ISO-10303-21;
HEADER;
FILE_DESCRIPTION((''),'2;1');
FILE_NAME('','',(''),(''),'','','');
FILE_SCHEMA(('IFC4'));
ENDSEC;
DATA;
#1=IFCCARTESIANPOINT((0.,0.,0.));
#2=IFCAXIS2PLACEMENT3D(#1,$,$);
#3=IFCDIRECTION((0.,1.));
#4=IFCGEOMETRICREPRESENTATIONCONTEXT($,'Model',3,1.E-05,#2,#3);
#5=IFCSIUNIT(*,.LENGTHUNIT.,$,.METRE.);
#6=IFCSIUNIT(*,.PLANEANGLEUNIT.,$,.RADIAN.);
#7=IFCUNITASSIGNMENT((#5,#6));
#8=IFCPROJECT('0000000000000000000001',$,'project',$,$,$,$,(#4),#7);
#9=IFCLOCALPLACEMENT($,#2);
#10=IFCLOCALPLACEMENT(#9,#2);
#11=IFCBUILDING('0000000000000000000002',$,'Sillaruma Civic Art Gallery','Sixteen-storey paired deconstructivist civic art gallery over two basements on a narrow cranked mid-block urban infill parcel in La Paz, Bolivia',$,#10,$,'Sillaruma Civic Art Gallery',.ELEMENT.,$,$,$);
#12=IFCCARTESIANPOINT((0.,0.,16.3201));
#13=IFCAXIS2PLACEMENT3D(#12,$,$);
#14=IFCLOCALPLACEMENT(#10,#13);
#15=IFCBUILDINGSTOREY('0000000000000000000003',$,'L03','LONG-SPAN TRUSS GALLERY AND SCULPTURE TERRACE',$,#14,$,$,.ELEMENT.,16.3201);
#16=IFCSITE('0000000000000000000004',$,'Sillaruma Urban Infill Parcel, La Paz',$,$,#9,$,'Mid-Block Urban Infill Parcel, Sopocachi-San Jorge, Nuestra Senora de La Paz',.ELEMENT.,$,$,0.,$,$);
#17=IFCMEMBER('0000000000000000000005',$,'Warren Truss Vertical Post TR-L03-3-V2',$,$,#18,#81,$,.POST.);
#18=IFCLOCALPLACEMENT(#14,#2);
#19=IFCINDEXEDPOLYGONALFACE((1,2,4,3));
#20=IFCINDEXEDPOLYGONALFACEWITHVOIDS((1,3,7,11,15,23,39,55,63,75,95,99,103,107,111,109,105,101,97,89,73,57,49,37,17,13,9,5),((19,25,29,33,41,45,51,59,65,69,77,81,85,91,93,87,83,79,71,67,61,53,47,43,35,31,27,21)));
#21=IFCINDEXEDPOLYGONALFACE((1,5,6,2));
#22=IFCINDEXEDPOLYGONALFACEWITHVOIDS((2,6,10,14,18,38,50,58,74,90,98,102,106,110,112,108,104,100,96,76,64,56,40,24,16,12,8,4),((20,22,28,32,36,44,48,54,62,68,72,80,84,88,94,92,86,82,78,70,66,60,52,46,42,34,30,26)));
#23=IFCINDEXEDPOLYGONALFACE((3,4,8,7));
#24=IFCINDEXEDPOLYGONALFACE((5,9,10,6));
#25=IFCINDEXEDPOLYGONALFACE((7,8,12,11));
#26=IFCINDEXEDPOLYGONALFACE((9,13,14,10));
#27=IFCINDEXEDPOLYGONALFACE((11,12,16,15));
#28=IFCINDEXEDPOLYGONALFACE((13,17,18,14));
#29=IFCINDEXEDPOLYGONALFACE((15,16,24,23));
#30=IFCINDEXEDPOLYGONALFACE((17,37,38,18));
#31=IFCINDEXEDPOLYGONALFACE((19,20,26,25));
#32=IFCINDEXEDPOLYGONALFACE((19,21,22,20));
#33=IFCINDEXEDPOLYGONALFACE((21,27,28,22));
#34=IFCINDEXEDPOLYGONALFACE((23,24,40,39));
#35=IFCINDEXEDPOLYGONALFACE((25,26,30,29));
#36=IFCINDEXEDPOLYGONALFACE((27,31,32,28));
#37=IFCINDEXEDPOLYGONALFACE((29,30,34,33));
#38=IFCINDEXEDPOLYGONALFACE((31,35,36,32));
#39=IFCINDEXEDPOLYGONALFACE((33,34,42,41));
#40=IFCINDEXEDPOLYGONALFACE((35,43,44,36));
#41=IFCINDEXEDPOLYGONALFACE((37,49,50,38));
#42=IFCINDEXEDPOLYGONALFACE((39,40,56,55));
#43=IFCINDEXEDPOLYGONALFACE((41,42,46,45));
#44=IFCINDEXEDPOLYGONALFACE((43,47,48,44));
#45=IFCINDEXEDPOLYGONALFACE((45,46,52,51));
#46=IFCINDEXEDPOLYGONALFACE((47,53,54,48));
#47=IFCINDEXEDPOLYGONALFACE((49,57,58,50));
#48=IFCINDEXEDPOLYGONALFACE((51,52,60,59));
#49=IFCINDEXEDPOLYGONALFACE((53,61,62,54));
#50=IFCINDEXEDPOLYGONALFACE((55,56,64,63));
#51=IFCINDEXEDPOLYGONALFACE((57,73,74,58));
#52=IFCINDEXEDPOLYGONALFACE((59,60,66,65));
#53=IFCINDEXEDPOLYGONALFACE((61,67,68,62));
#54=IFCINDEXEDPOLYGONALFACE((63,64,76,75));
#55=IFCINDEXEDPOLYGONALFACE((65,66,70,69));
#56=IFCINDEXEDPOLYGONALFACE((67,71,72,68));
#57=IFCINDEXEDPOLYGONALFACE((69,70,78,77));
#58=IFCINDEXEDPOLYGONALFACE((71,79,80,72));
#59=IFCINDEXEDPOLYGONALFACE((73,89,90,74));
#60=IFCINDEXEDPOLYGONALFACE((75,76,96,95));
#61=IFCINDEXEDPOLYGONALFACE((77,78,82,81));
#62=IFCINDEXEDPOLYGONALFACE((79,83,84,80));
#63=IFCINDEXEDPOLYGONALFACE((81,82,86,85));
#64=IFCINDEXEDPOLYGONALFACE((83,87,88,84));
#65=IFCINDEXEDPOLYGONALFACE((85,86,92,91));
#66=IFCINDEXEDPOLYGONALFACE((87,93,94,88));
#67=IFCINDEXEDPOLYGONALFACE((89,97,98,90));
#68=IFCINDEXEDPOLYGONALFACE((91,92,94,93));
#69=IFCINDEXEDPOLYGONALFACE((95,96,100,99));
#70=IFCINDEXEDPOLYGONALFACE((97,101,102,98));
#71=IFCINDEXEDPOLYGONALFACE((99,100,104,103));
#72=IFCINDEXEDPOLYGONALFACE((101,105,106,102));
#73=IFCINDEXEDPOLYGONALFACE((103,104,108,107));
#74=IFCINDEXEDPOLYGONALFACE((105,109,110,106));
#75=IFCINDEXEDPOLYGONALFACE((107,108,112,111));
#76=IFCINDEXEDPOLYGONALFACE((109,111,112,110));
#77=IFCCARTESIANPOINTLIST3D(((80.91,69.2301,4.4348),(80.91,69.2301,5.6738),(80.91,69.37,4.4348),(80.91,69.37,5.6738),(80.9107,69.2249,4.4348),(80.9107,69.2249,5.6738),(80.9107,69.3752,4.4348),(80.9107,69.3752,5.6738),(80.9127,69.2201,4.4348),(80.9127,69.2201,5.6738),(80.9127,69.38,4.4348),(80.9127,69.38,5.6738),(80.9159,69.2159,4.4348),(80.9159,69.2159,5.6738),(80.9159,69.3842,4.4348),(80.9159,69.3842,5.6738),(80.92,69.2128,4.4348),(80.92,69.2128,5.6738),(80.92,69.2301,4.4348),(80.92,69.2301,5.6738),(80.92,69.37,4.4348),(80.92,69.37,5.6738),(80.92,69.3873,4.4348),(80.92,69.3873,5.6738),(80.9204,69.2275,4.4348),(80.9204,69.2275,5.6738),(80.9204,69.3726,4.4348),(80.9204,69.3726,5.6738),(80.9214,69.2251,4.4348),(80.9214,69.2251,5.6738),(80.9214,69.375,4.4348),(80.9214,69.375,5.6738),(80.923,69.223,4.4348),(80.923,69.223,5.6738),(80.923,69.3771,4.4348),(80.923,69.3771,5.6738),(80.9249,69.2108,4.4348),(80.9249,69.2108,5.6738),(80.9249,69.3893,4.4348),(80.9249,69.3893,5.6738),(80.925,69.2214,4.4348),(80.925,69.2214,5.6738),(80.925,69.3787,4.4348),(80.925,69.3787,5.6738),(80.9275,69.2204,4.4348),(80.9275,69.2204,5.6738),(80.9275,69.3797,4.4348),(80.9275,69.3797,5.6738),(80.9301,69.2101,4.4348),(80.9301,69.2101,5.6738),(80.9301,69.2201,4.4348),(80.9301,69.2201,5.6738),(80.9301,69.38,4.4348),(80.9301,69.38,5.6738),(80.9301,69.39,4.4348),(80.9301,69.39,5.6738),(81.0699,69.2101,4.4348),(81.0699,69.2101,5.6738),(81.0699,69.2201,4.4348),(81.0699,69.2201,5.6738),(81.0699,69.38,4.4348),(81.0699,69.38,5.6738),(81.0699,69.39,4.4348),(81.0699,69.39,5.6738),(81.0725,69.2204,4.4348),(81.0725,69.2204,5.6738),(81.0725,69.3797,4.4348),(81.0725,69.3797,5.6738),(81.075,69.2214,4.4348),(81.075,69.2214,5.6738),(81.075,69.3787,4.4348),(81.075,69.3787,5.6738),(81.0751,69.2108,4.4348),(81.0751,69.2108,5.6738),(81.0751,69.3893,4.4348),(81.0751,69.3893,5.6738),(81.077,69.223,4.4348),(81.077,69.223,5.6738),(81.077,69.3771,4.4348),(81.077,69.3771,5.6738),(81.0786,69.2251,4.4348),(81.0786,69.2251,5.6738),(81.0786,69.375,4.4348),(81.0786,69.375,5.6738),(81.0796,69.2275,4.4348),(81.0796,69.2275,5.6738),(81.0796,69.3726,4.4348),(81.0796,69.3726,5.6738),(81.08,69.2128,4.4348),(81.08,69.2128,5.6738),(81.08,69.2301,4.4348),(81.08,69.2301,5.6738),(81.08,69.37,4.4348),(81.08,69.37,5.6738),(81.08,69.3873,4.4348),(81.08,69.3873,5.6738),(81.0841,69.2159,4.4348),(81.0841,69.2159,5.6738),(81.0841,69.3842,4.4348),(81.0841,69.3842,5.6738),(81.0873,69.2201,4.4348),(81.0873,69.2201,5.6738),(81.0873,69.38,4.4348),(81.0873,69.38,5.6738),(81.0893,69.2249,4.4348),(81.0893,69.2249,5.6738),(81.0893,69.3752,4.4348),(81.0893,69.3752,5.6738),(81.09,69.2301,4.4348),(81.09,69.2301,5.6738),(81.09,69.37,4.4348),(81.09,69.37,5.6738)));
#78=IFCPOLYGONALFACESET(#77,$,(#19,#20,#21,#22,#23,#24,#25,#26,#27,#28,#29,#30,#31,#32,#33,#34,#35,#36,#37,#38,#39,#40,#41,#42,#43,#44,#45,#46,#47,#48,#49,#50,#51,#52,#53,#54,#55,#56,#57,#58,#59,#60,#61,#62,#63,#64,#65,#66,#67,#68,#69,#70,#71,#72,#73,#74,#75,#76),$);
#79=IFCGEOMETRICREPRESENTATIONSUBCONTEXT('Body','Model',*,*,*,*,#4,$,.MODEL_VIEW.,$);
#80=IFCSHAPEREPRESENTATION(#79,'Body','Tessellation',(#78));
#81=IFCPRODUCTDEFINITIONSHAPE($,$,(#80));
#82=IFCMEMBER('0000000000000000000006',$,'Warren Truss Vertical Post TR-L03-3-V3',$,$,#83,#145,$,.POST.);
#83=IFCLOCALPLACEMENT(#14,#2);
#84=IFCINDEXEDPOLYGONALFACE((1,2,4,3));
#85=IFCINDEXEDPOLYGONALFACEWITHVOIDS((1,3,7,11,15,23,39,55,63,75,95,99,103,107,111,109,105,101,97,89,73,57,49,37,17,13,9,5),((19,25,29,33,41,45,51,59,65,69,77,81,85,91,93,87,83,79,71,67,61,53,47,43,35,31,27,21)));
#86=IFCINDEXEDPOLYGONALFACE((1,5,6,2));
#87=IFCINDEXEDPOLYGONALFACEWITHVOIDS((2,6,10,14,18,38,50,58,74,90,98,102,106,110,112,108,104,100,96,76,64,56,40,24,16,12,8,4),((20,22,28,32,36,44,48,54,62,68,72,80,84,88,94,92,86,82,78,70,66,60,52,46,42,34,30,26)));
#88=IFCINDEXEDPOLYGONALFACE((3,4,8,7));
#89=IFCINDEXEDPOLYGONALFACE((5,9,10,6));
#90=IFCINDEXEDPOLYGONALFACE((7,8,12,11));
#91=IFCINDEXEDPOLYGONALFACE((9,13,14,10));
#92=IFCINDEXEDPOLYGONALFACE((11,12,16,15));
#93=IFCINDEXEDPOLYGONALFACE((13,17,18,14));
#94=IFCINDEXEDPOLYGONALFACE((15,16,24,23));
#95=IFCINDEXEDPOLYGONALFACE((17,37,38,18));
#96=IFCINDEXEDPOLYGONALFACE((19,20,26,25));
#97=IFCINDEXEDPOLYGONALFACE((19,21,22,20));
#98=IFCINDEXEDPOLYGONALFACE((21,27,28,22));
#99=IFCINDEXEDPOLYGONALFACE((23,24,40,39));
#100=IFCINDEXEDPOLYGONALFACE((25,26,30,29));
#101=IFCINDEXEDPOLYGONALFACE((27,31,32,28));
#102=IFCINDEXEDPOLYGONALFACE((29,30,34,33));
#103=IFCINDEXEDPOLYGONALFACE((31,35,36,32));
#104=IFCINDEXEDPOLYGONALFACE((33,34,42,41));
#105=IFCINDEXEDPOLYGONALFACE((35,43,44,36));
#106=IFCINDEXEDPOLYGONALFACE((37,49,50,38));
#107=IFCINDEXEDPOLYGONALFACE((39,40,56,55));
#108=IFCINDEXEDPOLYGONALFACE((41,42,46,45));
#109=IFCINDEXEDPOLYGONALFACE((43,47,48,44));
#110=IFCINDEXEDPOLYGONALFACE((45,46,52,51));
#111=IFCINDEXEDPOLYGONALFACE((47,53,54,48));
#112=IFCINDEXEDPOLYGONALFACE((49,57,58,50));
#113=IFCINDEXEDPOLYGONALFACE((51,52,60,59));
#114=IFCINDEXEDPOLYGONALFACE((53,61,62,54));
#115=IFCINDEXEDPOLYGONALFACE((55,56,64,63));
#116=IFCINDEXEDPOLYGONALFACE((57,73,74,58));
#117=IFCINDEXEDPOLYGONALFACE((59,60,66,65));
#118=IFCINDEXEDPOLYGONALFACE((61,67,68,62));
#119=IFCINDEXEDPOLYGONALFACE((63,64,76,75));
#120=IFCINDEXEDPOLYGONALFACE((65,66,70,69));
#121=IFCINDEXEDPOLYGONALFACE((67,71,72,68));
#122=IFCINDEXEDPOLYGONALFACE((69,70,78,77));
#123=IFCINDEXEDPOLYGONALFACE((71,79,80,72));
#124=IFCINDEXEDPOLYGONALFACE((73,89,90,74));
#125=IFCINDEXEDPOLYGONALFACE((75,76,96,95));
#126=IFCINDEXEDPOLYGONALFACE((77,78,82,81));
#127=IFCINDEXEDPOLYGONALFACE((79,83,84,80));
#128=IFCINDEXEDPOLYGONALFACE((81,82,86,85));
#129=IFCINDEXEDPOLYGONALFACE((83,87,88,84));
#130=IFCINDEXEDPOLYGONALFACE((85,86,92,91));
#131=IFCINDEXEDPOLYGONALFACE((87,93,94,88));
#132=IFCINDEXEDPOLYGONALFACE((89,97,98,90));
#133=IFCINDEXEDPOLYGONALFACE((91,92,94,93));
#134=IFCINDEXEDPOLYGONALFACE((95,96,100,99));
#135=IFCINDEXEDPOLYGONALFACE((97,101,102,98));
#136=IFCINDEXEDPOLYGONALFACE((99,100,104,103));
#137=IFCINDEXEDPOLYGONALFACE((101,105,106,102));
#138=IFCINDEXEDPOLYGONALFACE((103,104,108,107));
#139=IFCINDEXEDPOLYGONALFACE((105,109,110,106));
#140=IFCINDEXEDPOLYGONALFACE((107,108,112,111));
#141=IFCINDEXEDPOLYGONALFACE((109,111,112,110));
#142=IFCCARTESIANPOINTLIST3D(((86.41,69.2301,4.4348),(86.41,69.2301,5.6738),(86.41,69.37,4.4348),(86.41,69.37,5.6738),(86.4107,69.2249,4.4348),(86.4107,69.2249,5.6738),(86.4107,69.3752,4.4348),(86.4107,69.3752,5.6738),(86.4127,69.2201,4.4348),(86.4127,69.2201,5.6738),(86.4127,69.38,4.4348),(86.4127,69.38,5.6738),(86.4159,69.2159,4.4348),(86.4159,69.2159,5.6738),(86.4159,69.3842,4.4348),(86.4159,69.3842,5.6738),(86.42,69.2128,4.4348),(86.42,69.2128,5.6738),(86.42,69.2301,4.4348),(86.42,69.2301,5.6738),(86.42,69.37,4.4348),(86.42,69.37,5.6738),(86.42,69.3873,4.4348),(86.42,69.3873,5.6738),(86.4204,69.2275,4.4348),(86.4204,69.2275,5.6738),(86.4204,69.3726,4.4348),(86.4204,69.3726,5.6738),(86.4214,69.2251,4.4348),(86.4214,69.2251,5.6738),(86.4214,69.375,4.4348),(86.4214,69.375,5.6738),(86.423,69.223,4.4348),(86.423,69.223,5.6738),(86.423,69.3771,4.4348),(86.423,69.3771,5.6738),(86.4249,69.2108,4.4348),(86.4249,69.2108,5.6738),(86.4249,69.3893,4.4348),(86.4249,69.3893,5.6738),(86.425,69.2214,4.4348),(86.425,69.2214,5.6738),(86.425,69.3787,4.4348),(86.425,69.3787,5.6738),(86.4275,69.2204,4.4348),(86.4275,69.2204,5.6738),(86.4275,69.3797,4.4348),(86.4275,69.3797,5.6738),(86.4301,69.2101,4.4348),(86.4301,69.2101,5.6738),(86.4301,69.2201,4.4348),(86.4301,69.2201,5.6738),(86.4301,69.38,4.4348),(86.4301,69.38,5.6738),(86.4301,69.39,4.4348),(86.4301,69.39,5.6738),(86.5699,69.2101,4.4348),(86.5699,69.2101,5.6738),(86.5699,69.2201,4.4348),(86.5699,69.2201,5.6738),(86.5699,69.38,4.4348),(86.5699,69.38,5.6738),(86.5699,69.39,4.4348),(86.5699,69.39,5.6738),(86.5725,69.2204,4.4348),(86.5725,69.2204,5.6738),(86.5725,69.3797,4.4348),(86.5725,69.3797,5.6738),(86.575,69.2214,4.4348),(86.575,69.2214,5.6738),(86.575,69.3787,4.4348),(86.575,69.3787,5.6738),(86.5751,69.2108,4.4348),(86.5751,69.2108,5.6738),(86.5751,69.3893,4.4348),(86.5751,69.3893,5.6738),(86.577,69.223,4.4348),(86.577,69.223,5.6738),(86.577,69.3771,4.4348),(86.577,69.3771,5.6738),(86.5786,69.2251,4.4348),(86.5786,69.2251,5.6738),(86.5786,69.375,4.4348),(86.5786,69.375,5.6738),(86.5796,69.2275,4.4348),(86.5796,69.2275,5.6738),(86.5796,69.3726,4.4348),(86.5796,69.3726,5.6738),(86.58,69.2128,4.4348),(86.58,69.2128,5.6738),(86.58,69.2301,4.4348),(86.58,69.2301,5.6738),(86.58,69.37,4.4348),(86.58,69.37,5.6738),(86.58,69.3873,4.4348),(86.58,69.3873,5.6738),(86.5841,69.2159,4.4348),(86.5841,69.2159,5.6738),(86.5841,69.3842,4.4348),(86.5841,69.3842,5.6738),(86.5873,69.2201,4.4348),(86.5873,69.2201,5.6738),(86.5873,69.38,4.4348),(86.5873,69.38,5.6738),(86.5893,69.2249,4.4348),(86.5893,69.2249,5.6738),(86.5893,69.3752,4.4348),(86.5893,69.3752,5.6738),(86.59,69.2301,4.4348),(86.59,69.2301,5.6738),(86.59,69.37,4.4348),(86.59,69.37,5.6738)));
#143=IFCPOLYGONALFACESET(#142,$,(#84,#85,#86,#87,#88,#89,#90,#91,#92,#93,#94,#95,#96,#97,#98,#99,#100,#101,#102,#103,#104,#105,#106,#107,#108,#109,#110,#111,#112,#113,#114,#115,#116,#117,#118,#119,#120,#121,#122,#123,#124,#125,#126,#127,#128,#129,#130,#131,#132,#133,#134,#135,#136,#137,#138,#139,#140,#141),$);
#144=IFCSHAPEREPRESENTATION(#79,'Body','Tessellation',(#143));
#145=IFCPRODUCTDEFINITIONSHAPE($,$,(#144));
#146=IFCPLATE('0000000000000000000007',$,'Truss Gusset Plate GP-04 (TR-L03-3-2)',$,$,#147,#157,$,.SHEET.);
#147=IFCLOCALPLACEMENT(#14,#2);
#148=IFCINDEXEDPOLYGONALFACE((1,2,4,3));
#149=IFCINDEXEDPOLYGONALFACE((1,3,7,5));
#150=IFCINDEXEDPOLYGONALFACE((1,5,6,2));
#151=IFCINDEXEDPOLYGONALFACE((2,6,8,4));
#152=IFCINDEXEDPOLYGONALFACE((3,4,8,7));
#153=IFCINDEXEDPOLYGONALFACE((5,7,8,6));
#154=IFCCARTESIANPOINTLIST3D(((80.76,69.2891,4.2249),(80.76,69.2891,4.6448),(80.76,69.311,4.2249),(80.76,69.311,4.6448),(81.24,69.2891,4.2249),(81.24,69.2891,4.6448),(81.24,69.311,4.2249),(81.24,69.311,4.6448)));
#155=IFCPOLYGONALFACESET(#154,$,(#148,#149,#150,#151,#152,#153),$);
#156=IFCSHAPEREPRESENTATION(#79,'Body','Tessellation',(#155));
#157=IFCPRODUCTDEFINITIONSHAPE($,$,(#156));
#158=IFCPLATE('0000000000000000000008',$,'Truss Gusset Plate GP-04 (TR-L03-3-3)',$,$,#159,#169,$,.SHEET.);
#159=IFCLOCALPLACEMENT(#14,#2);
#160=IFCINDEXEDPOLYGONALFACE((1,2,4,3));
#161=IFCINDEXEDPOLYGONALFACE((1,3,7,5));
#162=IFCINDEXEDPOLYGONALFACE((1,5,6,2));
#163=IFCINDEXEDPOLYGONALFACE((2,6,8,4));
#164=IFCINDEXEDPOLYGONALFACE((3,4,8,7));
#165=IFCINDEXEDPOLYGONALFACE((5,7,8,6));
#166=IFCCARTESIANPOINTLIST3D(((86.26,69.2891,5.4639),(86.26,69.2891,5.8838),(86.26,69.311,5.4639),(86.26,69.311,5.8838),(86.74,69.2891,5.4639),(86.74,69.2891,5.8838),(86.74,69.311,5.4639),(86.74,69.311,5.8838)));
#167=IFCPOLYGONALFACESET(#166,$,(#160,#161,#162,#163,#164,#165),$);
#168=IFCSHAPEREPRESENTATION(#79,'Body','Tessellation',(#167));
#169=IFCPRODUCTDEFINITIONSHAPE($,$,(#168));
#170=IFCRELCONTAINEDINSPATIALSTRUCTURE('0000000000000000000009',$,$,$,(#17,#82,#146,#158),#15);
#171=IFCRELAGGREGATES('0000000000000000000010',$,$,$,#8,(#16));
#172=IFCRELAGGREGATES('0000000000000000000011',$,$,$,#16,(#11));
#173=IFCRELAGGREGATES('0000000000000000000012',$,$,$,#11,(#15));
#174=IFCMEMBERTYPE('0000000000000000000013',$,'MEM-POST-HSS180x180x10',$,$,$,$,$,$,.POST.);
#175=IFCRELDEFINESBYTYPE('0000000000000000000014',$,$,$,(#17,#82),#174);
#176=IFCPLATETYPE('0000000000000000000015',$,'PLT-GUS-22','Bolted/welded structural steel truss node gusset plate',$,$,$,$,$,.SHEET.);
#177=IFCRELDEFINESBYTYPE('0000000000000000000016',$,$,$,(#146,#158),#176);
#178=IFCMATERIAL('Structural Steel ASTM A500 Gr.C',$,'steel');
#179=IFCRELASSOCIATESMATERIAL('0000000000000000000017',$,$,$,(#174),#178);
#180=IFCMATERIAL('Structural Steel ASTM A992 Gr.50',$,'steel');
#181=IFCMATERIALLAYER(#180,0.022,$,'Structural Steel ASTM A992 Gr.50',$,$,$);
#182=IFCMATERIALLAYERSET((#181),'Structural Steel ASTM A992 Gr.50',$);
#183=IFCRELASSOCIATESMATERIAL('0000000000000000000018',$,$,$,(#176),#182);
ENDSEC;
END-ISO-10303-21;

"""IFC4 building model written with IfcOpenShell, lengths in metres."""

from ifc_helpers import new_model, si_unit, direction, frame, origin, origin_2d, place, context, subcontext, project, spatial, rectangle, hollow_rectangle, extrude, material, layer, layer_set, material_profile, profile_set, type_object, element, save


model = new_model("IFC4")

# Units and contexts
model_context = context("Model", 3, precision=1e-05, world=origin(), true_north=direction((0.0, 1.0)))
body_context = subcontext(model_context, "Body", "Model", "MODEL_VIEW")
ifc_project = project(units=[si_unit("LENGTHUNIT", "METRE"), si_unit("PLANEANGLEUNIT", "RADIAN")], contexts=[model_context])

# Site, building, storey
site_placement = place(None, origin())
site = spatial("IfcSite", under=ifc_project, at=site_placement, Name="Sillaruma Urban Infill Parcel, La Paz", LongName="Mid-Block Urban Infill Parcel, Sopocachi-San Jorge, Nuestra Senora de La Paz", CompositionType="ELEMENT", RefElevation=0.0)
building_placement = place(site_placement, origin())
building = spatial("IfcBuilding", under=site, at=building_placement, Name="Sillaruma Civic Art Gallery", Description="Sixteen-storey paired deconstructivist civic art gallery over two basements on a narrow cranked mid-block urban infill parcel in La Paz, Bolivia", LongName="Sillaruma Civic Art Gallery", CompositionType="ELEMENT")
storey_placement = place(building_placement, frame((0.0, 0.0, 16.3201)))
storey = spatial("IfcBuildingStorey", under=building, at=storey_placement, Name="L03", Description="LONG-SPAN TRUSS GALLERY AND SCULPTURE TERRACE", CompositionType="ELEMENT", Elevation=16.3201)

# Members
ifc_material_1 = material(Name="Structural Steel ASTM A500 Gr.C", Category="steel")
ifc_material_profile_1 = material_profile(ifc_material_1, hollow_rectangle(XDim=0.1799, YDim=0.1799, WallThickness=0.01, InnerFilletRadius=0.01, OuterFilletRadius=0.02, at=origin_2d()), Name="HSS180x180x10")
ifc_profile_set_1 = profile_set([ifc_material_profile_1], Name="Structural Steel ASTM A500 Gr.C")
member_type_1 = type_object("IfcMemberType", Name="MEM-POST-HSS180x180x10", PredefinedType="POST", material=ifc_profile_set_1)
for number, where, z_axis, x_axis, name in (
    (1, (81.0, 69.3, 4.4348), (0.0, 0.0, 1.0), (1.0, 0.0, 0.0), "Warren Truss Vertical Post TR-L03-3-V2"),
    (2, (86.5, 69.3, 4.4348), (0.0, 0.0, 1.0), (1.0, 0.0, 0.0), "Warren Truss Vertical Post TR-L03-3-V3"),
):
    element("IfcMember", number, at=place(storey_placement, frame(where, z_axis=z_axis, x_axis=x_axis)), inside=storey, type_object=member_type_1, Name=name, PredefinedType="POST", context=body_context, shape_type="SweptSolid", body=[
        extrude(hollow_rectangle(XDim=0.1799, YDim=0.1799, WallThickness=0.01, InnerFilletRadius=0.01, OuterFilletRadius=0.02, at=origin_2d()), origin(), (0.0, 0.0, 1.0), 1.239),
    ])

# Plates
ifc_material_2 = material(Name="Structural Steel ASTM A992 Gr.50", Category="steel")
ifc_layer = layer(ifc_material_2, 0.022, Name="Structural Steel ASTM A992 Gr.50")
ifc_layer_set = layer_set([ifc_layer], Name="Structural Steel ASTM A992 Gr.50")
plate_type = type_object("IfcPlateType", Name="PLT-GUS-22", Description="Bolted/welded structural steel truss node gusset plate", PredefinedType="SHEET", material=ifc_layer_set)
for number, where, z_axis, x_axis, name in (
    (3, (81.0, 69.3, 4.2249), (0.0, 0.0, 1.0), (1.0, 0.0, 0.0), "Truss Gusset Plate GP-04 (TR-L03-3-2)"),
    (4, (86.5, 69.3, 5.4639), (0.0, 0.0, 1.0), (1.0, 0.0, 0.0), "Truss Gusset Plate GP-04 (TR-L03-3-3)"),
):
    element("IfcPlate", number, at=place(storey_placement, frame(where, z_axis=z_axis, x_axis=x_axis)), inside=storey, type_object=plate_type, Name=name, PredefinedType="SHEET", context=body_context, shape_type="SweptSolid", body=[
        extrude(rectangle(XDim=0.48, YDim=0.022, at=origin_2d()), origin(), (0.0, 0.0, 1.0), 0.4199),
    ])

save(model, "model.ifc")
